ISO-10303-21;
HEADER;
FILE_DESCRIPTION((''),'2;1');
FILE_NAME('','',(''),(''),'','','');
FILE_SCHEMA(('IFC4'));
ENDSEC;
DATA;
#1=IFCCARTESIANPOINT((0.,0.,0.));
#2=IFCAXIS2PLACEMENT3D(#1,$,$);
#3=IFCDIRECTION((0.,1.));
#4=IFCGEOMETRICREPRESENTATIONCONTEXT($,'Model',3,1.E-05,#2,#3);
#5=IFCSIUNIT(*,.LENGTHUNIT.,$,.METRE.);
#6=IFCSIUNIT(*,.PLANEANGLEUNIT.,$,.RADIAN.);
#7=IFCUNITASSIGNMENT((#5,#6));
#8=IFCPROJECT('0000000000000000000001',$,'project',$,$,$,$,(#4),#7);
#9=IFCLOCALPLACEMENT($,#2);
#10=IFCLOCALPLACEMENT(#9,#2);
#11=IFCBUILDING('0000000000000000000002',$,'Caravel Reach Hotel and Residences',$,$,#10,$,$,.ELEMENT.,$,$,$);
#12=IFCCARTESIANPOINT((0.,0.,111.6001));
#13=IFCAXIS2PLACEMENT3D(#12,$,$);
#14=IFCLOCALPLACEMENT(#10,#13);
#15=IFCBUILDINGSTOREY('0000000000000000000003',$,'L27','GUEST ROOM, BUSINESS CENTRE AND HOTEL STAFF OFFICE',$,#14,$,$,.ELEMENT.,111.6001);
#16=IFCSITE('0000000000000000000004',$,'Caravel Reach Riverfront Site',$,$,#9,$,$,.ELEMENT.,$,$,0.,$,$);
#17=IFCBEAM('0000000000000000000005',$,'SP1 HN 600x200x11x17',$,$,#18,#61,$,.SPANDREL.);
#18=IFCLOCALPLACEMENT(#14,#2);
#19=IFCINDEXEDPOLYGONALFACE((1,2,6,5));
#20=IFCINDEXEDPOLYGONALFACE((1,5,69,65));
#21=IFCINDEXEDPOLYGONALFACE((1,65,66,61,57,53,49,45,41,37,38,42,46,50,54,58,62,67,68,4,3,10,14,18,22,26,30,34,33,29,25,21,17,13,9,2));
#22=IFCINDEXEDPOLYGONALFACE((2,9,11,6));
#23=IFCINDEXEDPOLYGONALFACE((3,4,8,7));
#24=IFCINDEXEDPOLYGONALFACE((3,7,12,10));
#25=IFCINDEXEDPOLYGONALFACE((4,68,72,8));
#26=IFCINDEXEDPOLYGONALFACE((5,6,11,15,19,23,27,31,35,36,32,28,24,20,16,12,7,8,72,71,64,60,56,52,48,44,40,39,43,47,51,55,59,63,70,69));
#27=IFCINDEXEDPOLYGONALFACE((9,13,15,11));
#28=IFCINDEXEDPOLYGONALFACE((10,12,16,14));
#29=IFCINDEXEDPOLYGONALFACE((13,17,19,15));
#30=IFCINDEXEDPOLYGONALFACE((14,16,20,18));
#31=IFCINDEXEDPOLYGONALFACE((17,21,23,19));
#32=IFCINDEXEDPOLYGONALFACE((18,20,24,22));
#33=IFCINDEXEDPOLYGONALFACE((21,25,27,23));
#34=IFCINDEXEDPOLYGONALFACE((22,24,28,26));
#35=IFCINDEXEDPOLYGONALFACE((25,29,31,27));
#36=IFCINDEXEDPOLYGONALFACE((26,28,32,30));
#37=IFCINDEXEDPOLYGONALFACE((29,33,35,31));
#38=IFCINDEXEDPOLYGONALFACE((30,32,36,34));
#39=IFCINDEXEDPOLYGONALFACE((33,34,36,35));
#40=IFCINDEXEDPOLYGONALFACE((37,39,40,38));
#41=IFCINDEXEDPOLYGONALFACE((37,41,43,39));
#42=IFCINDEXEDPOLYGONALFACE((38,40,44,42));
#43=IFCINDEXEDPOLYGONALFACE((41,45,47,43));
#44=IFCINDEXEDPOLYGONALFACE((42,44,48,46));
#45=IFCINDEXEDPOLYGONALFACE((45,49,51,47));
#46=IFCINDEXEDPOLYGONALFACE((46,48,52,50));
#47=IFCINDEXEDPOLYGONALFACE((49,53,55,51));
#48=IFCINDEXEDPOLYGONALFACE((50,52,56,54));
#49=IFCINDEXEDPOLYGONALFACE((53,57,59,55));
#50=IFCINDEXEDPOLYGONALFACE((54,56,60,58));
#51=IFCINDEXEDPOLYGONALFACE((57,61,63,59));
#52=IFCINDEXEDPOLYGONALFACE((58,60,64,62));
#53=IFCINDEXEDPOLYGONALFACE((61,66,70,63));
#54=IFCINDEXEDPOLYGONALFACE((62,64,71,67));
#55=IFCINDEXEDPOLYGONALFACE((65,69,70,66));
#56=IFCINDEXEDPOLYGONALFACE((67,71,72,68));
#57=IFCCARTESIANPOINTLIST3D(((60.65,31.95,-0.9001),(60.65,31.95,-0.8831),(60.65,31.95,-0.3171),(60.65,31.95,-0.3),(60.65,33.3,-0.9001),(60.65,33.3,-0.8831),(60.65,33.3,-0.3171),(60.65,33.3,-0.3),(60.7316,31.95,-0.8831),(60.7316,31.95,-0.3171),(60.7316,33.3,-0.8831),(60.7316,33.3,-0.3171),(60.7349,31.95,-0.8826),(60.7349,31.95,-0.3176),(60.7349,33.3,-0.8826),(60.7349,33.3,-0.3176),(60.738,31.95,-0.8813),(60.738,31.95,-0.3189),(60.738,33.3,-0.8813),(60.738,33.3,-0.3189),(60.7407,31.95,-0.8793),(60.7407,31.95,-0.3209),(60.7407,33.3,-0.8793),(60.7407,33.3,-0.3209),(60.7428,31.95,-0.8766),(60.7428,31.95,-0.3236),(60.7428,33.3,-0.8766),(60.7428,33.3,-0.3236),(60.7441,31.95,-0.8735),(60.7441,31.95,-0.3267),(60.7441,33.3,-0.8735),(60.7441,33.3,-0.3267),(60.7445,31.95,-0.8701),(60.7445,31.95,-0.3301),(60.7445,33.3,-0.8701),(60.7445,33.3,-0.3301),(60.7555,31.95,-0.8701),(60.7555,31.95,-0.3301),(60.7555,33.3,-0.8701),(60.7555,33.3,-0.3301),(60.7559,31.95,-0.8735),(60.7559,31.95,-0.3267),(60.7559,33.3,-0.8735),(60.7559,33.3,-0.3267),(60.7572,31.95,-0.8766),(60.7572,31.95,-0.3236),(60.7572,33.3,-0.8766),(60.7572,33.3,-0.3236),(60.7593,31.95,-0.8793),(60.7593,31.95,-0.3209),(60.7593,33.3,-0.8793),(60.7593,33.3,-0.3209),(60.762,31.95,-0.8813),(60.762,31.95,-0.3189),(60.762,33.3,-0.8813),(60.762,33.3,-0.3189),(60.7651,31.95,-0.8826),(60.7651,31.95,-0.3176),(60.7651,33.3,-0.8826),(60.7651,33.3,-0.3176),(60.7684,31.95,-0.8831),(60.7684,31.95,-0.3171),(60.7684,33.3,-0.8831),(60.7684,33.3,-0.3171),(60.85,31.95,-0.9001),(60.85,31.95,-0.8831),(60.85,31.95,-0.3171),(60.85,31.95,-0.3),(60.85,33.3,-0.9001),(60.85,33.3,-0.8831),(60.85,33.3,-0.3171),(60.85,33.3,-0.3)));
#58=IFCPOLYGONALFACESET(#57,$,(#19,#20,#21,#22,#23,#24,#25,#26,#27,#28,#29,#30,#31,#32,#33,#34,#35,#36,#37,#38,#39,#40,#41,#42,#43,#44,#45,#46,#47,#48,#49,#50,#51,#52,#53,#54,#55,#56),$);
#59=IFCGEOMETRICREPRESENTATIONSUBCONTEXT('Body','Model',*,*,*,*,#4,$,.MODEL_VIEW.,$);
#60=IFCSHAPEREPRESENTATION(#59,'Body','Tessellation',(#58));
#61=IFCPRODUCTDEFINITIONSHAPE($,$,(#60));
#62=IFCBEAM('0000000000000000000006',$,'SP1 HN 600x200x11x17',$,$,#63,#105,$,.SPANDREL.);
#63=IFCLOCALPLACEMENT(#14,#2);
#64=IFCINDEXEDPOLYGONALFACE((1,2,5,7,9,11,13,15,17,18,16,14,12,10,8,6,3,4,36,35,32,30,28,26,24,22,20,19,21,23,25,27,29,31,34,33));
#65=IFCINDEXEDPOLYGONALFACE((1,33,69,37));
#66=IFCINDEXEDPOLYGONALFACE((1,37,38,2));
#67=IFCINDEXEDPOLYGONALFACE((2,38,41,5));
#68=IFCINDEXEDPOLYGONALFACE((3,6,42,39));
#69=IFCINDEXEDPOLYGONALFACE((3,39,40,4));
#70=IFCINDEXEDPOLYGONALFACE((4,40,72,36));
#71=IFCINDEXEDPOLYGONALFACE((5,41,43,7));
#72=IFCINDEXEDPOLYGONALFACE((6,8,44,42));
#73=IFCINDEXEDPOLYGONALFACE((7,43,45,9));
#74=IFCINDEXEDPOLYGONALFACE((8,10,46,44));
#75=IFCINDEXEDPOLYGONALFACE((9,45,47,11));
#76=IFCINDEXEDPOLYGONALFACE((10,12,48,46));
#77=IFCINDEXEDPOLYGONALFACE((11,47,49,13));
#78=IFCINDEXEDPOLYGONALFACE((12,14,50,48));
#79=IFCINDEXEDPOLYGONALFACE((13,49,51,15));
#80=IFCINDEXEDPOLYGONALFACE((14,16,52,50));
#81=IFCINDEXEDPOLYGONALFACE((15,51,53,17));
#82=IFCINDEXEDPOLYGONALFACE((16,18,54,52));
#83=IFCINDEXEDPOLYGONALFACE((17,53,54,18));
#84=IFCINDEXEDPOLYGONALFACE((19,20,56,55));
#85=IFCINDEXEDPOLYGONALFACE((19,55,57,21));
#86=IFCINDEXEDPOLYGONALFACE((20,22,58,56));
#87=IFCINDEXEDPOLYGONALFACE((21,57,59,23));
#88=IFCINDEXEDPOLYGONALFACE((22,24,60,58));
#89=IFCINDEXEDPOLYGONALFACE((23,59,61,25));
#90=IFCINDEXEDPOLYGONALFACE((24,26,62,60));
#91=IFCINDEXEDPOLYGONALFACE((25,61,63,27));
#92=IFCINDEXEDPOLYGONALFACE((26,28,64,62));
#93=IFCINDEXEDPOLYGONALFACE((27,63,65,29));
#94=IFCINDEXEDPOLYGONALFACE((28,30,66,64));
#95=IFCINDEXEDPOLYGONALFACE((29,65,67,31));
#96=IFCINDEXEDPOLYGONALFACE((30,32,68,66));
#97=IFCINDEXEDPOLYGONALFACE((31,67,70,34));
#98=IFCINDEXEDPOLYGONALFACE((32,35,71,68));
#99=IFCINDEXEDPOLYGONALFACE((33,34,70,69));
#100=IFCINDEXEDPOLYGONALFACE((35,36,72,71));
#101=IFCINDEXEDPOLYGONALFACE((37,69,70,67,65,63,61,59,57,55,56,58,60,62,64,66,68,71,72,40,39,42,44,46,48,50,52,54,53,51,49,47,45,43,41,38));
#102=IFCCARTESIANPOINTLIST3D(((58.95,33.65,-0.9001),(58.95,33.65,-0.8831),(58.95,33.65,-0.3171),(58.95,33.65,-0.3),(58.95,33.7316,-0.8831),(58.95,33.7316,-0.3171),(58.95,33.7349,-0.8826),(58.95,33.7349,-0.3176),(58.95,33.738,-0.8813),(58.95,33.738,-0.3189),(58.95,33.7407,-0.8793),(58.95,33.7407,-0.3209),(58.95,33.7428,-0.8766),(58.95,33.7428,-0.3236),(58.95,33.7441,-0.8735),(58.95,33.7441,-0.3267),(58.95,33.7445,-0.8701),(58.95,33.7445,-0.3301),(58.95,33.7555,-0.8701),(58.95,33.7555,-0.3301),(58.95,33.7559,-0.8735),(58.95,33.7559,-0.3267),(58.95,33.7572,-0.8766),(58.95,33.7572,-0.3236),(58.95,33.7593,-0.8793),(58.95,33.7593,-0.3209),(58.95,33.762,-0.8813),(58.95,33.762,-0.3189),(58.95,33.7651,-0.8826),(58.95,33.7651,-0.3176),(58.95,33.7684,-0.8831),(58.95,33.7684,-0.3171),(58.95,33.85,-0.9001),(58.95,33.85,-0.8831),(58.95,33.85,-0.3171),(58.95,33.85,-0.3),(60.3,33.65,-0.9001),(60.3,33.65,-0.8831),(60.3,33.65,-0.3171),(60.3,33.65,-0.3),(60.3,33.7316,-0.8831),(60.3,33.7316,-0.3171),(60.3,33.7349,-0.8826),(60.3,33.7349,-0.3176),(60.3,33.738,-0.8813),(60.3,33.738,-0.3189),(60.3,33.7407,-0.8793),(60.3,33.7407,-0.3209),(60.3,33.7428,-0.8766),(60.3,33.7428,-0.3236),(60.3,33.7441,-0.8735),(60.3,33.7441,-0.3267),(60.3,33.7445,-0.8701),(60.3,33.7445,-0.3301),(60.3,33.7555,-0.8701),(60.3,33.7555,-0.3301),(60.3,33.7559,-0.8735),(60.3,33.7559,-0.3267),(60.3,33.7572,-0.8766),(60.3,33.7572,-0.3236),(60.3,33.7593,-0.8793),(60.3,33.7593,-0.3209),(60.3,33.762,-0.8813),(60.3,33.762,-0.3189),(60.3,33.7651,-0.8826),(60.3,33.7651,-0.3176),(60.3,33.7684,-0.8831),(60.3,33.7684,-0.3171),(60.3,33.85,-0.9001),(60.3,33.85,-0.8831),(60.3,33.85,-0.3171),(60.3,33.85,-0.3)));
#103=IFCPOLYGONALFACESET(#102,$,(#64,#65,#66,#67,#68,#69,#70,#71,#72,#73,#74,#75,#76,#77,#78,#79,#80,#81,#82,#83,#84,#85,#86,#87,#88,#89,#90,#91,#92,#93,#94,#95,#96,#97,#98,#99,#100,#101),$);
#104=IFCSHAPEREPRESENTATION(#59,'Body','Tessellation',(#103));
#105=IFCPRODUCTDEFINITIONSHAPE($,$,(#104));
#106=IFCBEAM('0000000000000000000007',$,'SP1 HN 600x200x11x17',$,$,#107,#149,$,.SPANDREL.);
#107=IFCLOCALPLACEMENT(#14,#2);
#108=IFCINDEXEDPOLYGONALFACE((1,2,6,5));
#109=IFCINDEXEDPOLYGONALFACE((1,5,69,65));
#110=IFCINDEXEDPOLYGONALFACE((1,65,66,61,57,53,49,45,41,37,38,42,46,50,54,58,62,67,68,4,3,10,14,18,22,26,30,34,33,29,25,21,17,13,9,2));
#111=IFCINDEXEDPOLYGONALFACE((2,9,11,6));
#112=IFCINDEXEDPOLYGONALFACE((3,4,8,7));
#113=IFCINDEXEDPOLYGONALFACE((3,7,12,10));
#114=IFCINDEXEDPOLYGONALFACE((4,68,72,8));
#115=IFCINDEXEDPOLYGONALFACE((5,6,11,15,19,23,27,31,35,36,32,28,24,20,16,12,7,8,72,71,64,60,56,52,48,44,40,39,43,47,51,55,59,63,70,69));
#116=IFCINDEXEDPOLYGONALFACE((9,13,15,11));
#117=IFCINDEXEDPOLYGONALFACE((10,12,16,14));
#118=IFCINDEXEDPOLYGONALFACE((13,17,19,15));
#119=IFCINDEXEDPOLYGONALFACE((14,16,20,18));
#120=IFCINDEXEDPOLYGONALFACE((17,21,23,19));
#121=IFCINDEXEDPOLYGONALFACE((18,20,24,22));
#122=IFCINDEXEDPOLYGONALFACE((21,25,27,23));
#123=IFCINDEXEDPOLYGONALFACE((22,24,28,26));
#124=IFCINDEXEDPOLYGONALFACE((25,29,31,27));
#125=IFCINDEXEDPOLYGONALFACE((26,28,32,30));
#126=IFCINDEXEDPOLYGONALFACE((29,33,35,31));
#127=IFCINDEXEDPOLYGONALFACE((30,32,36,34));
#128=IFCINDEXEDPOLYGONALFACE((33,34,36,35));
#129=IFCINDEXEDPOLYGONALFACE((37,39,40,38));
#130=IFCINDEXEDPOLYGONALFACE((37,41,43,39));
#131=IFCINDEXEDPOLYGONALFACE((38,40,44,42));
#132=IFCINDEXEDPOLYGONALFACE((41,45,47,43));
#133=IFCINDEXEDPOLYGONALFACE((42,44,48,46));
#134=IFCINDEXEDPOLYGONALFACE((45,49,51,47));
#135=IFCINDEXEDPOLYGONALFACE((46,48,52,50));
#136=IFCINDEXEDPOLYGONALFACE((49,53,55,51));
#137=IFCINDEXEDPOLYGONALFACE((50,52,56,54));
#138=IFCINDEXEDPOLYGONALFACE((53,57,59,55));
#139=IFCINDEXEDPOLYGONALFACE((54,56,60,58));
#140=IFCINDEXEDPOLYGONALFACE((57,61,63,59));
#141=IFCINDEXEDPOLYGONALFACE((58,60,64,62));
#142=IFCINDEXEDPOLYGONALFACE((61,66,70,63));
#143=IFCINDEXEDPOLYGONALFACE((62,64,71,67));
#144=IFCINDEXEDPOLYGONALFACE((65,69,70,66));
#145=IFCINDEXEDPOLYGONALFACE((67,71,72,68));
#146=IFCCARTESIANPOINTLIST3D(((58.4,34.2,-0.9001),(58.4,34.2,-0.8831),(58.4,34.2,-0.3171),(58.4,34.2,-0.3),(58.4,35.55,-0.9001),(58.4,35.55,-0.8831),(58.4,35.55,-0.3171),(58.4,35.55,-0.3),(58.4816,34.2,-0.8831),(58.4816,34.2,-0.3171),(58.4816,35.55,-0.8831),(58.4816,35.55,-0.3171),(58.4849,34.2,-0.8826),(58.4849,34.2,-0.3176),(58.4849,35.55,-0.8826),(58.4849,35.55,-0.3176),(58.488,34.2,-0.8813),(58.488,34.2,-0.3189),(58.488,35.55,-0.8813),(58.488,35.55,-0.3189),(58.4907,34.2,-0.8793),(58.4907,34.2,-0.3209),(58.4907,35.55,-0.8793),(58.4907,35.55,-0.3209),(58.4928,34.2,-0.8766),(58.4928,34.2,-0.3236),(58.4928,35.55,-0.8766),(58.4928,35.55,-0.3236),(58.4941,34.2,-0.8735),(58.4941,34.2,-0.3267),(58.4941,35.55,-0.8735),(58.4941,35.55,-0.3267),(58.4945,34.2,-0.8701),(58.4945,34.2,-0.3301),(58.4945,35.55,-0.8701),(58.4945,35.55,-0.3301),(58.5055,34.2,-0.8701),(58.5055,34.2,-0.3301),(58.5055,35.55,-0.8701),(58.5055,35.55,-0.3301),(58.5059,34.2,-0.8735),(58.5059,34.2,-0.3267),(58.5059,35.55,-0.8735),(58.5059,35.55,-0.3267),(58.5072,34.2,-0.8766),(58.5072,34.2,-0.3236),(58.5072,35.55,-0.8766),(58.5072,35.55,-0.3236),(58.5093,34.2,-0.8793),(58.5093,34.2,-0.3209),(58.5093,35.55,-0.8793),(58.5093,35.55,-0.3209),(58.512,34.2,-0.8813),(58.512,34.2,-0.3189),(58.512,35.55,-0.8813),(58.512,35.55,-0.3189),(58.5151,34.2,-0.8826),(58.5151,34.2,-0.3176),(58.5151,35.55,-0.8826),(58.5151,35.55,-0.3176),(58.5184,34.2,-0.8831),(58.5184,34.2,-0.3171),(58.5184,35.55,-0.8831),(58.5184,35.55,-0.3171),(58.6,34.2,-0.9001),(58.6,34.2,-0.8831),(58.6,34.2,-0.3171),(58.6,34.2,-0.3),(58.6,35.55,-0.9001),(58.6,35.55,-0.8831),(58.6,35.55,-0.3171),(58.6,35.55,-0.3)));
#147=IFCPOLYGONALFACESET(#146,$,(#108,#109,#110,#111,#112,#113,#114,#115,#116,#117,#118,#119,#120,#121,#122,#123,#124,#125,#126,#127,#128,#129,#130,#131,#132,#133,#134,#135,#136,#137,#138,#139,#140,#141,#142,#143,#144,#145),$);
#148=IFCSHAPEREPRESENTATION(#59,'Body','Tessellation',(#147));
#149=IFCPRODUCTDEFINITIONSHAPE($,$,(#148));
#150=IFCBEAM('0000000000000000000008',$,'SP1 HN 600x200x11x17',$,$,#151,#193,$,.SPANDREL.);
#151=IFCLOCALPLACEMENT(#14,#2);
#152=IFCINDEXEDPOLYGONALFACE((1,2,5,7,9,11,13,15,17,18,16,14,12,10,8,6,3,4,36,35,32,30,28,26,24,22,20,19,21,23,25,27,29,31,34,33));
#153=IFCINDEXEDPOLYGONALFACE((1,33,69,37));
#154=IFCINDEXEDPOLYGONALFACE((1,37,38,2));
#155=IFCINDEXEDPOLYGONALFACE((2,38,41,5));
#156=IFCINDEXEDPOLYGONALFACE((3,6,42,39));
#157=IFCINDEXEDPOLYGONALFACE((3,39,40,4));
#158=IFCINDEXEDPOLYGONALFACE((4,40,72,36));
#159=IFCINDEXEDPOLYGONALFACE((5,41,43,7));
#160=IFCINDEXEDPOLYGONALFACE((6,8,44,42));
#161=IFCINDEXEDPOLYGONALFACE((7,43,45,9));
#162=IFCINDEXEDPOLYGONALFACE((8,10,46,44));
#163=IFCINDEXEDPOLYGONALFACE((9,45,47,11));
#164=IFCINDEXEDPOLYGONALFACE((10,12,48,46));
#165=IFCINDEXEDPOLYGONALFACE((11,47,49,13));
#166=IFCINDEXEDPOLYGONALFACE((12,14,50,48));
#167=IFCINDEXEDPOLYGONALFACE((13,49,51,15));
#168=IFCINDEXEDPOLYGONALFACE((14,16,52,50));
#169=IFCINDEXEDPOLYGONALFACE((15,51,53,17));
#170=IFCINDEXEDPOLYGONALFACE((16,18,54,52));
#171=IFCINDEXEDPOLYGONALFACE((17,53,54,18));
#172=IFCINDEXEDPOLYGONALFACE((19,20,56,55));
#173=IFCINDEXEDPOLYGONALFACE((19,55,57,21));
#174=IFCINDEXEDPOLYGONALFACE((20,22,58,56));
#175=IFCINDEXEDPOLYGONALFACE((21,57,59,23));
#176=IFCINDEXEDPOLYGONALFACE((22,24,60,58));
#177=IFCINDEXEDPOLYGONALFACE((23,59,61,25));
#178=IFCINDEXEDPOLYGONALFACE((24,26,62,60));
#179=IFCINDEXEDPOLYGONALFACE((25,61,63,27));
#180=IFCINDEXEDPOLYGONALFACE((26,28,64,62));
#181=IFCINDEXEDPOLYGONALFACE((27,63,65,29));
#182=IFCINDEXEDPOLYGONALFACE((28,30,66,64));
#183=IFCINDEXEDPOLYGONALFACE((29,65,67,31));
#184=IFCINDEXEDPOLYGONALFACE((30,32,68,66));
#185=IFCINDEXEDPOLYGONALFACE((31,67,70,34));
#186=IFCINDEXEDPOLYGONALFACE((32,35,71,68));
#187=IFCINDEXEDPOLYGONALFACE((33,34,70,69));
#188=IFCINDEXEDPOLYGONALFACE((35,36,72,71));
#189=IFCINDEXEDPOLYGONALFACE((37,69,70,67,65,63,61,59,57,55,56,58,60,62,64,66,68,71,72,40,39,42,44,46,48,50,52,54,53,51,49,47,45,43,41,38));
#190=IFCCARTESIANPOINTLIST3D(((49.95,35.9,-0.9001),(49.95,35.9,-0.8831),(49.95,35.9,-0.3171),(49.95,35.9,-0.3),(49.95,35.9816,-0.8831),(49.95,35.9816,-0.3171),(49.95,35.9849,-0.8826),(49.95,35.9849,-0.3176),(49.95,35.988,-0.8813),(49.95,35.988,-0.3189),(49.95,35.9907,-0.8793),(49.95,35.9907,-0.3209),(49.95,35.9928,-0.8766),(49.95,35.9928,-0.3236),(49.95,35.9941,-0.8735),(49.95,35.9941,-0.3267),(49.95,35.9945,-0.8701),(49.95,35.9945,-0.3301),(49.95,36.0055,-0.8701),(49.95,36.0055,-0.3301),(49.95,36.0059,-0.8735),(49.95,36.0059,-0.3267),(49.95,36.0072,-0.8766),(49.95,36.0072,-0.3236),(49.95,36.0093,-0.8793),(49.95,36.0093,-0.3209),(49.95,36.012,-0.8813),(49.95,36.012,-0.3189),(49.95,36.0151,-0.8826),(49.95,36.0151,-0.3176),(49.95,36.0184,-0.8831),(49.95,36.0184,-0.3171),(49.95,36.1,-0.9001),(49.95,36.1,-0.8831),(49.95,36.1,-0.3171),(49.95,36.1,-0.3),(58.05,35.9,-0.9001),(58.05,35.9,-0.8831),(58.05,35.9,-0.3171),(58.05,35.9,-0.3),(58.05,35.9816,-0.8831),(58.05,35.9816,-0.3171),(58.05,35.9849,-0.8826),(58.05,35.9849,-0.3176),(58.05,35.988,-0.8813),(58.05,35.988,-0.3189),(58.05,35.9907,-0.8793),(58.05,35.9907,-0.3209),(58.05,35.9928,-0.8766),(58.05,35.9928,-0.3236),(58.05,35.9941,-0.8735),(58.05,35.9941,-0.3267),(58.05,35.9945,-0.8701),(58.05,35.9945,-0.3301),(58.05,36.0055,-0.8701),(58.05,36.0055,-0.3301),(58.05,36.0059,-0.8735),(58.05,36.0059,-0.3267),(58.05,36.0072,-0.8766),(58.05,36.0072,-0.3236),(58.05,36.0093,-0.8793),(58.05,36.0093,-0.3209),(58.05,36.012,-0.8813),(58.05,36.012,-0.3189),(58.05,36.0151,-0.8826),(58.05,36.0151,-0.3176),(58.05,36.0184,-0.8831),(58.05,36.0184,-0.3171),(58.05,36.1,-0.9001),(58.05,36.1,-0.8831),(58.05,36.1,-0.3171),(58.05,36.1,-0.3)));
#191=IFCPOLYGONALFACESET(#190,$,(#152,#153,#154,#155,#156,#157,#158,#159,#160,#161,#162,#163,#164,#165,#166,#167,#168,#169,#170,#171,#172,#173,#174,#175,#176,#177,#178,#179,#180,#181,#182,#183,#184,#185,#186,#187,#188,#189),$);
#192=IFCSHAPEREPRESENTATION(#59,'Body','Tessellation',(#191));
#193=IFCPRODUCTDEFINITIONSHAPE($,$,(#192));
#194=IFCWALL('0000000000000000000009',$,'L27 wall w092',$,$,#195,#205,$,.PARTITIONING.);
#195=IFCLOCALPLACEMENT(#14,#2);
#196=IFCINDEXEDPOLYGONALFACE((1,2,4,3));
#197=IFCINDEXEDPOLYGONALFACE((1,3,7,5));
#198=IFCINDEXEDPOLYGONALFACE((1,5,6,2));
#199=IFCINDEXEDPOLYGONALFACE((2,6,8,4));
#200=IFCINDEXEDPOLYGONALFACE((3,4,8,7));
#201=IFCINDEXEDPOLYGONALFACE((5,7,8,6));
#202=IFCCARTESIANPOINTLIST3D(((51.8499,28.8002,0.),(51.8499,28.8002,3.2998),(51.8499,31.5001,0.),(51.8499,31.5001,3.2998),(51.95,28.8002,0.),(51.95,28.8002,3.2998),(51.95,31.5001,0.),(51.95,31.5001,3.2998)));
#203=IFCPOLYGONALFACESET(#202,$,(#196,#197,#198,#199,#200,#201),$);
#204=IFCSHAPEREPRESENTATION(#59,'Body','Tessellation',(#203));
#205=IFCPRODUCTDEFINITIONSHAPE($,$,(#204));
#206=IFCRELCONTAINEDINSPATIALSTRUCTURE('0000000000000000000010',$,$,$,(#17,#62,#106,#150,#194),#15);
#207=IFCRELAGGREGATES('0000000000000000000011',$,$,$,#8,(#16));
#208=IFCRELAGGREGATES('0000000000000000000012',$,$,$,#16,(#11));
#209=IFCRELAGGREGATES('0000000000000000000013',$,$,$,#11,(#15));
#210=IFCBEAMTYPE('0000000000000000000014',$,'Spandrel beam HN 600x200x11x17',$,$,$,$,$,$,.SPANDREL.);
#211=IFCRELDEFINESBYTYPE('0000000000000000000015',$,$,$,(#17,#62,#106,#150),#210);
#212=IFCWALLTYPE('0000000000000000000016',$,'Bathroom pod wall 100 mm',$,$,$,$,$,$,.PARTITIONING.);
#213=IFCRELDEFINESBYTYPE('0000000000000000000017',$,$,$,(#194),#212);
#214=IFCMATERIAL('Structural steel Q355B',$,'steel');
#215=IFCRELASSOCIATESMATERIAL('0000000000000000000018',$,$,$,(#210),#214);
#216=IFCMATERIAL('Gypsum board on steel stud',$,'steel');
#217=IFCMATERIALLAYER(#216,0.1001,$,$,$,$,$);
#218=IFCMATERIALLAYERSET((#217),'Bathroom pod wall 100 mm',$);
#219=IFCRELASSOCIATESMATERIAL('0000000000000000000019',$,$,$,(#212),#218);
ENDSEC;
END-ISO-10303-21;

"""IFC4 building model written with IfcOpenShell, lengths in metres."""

from ifc_helpers import new_model, si_unit, direction, frame, frame_2d, origin, origin_2d, place, context, subcontext, project, spatial, rectangle, i_section, extrude, material, layer, layer_set, material_profile, profile_set, type_object, element, save


model = new_model("IFC4")

# Units and contexts
model_context = context("Model", 3, precision=1e-05, world=origin(), true_north=direction((0.0, 1.0)))
body_context = subcontext(model_context, "Body", "Model", "MODEL_VIEW")
ifc_project = project(units=[si_unit("LENGTHUNIT", "METRE"), si_unit("PLANEANGLEUNIT", "RADIAN")], contexts=[model_context])

# Site, building, storey
site_placement = place(None, origin())
site = spatial("IfcSite", under=ifc_project, at=site_placement, Name="Caravel Reach Riverfront Site", CompositionType="ELEMENT", RefElevation=0.0)
building_placement = place(site_placement, origin())
building = spatial("IfcBuilding", under=site, at=building_placement, Name="Caravel Reach Hotel and Residences", CompositionType="ELEMENT")
storey_placement = place(building_placement, frame((0.0, 0.0, 111.6001)))
storey = spatial("IfcBuildingStorey", under=building, at=storey_placement, Name="L27", Description="GUEST ROOM, BUSINESS CENTRE AND HOTEL STAFF OFFICE", CompositionType="ELEMENT", Elevation=111.6001)

# Beams
ifc_material_1 = material(Name="Structural steel Q355B", Category="steel")
ifc_material_profile_1 = material_profile(ifc_material_1, i_section(OverallWidth=0.2, OverallDepth=0.6001, WebThickness=0.011, FlangeThickness=0.0171, FilletRadius=0.0129, at=origin_2d()), Name="HN 600x200x11x17")
ifc_profile_set_1 = profile_set([ifc_material_profile_1], Name="Structural steel Q355B")
beam_type_1 = type_object("IfcBeamType", Name="Spandrel beam HN 600x200x11x17", PredefinedType="SPANDREL", material=ifc_profile_set_1)
for number, where, z_axis, x_axis, name in (
    (1, (60.75, 31.95, -0.6001), (0.0, 1.0, 0.0), (-1.0, 0.0, 0.0), "SP1 HN 600x200x11x17"),
    (2, (60.3, 33.75, -0.6001), (-1.0, 0.0, 0.0), (0.0, -1.0, 0.0), "SP1 HN 600x200x11x17"),
    (3, (58.5, 34.2, -0.6001), (0.0, 1.0, 0.0), (-1.0, 0.0, 0.0), "SP1 HN 600x200x11x17"),
):
    element("IfcBeam", number, at=place(storey_placement, frame(where, z_axis=z_axis, x_axis=x_axis)), inside=storey, type_object=beam_type_1, Name=name, PredefinedType="SPANDREL", context=body_context, shape_type="SweptSolid", body=[
        extrude(i_section(OverallWidth=0.2, OverallDepth=0.6001, WebThickness=0.011, FlangeThickness=0.0171, FilletRadius=0.0129, at=origin_2d()), origin(), (0.0, 0.0, 1.0), 1.3501),
    ])
beam_1_placement = place(storey_placement, frame((58.05, 36.0, -0.6001), z_axis=(-1.0, 0.0, 0.0), x_axis=(0.0, -1.0, 0.0)))
element("IfcBeam", 4, at=beam_1_placement, inside=storey, type_object=beam_type_1, Name="SP1 HN 600x200x11x17", PredefinedType="SPANDREL", context=body_context, shape_type="SweptSolid", body=[
    extrude(i_section(OverallWidth=0.2, OverallDepth=0.6001, WebThickness=0.011, FlangeThickness=0.0171, FilletRadius=0.0129, at=origin_2d()), origin(), (0.0, 0.0, 1.0), 8.1001),
])

# Wall
ifc_material_2 = material(Name="Gypsum board on steel stud", Category="steel")
ifc_layer_1 = layer(ifc_material_2, 0.1001)
ifc_layer_set_1 = layer_set([ifc_layer_1], Name="Bathroom pod wall 100 mm")
wall_type_1 = type_object("IfcWallType", Name="Bathroom pod wall 100 mm", PredefinedType="PARTITIONING", material=ifc_layer_set_1)
wall_1_placement = place(storey_placement, frame((51.8999, 28.8, 0.0), z_axis=(0.0, 0.0, 1.0), x_axis=(0.0, 1.0, 0.0)))
element("IfcWall", 5, at=wall_1_placement, inside=storey, type_object=wall_type_1, Name="L27 wall w092", PredefinedType="PARTITIONING", context=body_context, shape_type="SweptSolid", body=[
    extrude(rectangle(XDim=2.7, YDim=0.1001, at=frame_2d((1.3501, 0.0))), origin(), (0.0, 0.0, 1.0), 3.2998),
])

save(model, "model.ifc")
